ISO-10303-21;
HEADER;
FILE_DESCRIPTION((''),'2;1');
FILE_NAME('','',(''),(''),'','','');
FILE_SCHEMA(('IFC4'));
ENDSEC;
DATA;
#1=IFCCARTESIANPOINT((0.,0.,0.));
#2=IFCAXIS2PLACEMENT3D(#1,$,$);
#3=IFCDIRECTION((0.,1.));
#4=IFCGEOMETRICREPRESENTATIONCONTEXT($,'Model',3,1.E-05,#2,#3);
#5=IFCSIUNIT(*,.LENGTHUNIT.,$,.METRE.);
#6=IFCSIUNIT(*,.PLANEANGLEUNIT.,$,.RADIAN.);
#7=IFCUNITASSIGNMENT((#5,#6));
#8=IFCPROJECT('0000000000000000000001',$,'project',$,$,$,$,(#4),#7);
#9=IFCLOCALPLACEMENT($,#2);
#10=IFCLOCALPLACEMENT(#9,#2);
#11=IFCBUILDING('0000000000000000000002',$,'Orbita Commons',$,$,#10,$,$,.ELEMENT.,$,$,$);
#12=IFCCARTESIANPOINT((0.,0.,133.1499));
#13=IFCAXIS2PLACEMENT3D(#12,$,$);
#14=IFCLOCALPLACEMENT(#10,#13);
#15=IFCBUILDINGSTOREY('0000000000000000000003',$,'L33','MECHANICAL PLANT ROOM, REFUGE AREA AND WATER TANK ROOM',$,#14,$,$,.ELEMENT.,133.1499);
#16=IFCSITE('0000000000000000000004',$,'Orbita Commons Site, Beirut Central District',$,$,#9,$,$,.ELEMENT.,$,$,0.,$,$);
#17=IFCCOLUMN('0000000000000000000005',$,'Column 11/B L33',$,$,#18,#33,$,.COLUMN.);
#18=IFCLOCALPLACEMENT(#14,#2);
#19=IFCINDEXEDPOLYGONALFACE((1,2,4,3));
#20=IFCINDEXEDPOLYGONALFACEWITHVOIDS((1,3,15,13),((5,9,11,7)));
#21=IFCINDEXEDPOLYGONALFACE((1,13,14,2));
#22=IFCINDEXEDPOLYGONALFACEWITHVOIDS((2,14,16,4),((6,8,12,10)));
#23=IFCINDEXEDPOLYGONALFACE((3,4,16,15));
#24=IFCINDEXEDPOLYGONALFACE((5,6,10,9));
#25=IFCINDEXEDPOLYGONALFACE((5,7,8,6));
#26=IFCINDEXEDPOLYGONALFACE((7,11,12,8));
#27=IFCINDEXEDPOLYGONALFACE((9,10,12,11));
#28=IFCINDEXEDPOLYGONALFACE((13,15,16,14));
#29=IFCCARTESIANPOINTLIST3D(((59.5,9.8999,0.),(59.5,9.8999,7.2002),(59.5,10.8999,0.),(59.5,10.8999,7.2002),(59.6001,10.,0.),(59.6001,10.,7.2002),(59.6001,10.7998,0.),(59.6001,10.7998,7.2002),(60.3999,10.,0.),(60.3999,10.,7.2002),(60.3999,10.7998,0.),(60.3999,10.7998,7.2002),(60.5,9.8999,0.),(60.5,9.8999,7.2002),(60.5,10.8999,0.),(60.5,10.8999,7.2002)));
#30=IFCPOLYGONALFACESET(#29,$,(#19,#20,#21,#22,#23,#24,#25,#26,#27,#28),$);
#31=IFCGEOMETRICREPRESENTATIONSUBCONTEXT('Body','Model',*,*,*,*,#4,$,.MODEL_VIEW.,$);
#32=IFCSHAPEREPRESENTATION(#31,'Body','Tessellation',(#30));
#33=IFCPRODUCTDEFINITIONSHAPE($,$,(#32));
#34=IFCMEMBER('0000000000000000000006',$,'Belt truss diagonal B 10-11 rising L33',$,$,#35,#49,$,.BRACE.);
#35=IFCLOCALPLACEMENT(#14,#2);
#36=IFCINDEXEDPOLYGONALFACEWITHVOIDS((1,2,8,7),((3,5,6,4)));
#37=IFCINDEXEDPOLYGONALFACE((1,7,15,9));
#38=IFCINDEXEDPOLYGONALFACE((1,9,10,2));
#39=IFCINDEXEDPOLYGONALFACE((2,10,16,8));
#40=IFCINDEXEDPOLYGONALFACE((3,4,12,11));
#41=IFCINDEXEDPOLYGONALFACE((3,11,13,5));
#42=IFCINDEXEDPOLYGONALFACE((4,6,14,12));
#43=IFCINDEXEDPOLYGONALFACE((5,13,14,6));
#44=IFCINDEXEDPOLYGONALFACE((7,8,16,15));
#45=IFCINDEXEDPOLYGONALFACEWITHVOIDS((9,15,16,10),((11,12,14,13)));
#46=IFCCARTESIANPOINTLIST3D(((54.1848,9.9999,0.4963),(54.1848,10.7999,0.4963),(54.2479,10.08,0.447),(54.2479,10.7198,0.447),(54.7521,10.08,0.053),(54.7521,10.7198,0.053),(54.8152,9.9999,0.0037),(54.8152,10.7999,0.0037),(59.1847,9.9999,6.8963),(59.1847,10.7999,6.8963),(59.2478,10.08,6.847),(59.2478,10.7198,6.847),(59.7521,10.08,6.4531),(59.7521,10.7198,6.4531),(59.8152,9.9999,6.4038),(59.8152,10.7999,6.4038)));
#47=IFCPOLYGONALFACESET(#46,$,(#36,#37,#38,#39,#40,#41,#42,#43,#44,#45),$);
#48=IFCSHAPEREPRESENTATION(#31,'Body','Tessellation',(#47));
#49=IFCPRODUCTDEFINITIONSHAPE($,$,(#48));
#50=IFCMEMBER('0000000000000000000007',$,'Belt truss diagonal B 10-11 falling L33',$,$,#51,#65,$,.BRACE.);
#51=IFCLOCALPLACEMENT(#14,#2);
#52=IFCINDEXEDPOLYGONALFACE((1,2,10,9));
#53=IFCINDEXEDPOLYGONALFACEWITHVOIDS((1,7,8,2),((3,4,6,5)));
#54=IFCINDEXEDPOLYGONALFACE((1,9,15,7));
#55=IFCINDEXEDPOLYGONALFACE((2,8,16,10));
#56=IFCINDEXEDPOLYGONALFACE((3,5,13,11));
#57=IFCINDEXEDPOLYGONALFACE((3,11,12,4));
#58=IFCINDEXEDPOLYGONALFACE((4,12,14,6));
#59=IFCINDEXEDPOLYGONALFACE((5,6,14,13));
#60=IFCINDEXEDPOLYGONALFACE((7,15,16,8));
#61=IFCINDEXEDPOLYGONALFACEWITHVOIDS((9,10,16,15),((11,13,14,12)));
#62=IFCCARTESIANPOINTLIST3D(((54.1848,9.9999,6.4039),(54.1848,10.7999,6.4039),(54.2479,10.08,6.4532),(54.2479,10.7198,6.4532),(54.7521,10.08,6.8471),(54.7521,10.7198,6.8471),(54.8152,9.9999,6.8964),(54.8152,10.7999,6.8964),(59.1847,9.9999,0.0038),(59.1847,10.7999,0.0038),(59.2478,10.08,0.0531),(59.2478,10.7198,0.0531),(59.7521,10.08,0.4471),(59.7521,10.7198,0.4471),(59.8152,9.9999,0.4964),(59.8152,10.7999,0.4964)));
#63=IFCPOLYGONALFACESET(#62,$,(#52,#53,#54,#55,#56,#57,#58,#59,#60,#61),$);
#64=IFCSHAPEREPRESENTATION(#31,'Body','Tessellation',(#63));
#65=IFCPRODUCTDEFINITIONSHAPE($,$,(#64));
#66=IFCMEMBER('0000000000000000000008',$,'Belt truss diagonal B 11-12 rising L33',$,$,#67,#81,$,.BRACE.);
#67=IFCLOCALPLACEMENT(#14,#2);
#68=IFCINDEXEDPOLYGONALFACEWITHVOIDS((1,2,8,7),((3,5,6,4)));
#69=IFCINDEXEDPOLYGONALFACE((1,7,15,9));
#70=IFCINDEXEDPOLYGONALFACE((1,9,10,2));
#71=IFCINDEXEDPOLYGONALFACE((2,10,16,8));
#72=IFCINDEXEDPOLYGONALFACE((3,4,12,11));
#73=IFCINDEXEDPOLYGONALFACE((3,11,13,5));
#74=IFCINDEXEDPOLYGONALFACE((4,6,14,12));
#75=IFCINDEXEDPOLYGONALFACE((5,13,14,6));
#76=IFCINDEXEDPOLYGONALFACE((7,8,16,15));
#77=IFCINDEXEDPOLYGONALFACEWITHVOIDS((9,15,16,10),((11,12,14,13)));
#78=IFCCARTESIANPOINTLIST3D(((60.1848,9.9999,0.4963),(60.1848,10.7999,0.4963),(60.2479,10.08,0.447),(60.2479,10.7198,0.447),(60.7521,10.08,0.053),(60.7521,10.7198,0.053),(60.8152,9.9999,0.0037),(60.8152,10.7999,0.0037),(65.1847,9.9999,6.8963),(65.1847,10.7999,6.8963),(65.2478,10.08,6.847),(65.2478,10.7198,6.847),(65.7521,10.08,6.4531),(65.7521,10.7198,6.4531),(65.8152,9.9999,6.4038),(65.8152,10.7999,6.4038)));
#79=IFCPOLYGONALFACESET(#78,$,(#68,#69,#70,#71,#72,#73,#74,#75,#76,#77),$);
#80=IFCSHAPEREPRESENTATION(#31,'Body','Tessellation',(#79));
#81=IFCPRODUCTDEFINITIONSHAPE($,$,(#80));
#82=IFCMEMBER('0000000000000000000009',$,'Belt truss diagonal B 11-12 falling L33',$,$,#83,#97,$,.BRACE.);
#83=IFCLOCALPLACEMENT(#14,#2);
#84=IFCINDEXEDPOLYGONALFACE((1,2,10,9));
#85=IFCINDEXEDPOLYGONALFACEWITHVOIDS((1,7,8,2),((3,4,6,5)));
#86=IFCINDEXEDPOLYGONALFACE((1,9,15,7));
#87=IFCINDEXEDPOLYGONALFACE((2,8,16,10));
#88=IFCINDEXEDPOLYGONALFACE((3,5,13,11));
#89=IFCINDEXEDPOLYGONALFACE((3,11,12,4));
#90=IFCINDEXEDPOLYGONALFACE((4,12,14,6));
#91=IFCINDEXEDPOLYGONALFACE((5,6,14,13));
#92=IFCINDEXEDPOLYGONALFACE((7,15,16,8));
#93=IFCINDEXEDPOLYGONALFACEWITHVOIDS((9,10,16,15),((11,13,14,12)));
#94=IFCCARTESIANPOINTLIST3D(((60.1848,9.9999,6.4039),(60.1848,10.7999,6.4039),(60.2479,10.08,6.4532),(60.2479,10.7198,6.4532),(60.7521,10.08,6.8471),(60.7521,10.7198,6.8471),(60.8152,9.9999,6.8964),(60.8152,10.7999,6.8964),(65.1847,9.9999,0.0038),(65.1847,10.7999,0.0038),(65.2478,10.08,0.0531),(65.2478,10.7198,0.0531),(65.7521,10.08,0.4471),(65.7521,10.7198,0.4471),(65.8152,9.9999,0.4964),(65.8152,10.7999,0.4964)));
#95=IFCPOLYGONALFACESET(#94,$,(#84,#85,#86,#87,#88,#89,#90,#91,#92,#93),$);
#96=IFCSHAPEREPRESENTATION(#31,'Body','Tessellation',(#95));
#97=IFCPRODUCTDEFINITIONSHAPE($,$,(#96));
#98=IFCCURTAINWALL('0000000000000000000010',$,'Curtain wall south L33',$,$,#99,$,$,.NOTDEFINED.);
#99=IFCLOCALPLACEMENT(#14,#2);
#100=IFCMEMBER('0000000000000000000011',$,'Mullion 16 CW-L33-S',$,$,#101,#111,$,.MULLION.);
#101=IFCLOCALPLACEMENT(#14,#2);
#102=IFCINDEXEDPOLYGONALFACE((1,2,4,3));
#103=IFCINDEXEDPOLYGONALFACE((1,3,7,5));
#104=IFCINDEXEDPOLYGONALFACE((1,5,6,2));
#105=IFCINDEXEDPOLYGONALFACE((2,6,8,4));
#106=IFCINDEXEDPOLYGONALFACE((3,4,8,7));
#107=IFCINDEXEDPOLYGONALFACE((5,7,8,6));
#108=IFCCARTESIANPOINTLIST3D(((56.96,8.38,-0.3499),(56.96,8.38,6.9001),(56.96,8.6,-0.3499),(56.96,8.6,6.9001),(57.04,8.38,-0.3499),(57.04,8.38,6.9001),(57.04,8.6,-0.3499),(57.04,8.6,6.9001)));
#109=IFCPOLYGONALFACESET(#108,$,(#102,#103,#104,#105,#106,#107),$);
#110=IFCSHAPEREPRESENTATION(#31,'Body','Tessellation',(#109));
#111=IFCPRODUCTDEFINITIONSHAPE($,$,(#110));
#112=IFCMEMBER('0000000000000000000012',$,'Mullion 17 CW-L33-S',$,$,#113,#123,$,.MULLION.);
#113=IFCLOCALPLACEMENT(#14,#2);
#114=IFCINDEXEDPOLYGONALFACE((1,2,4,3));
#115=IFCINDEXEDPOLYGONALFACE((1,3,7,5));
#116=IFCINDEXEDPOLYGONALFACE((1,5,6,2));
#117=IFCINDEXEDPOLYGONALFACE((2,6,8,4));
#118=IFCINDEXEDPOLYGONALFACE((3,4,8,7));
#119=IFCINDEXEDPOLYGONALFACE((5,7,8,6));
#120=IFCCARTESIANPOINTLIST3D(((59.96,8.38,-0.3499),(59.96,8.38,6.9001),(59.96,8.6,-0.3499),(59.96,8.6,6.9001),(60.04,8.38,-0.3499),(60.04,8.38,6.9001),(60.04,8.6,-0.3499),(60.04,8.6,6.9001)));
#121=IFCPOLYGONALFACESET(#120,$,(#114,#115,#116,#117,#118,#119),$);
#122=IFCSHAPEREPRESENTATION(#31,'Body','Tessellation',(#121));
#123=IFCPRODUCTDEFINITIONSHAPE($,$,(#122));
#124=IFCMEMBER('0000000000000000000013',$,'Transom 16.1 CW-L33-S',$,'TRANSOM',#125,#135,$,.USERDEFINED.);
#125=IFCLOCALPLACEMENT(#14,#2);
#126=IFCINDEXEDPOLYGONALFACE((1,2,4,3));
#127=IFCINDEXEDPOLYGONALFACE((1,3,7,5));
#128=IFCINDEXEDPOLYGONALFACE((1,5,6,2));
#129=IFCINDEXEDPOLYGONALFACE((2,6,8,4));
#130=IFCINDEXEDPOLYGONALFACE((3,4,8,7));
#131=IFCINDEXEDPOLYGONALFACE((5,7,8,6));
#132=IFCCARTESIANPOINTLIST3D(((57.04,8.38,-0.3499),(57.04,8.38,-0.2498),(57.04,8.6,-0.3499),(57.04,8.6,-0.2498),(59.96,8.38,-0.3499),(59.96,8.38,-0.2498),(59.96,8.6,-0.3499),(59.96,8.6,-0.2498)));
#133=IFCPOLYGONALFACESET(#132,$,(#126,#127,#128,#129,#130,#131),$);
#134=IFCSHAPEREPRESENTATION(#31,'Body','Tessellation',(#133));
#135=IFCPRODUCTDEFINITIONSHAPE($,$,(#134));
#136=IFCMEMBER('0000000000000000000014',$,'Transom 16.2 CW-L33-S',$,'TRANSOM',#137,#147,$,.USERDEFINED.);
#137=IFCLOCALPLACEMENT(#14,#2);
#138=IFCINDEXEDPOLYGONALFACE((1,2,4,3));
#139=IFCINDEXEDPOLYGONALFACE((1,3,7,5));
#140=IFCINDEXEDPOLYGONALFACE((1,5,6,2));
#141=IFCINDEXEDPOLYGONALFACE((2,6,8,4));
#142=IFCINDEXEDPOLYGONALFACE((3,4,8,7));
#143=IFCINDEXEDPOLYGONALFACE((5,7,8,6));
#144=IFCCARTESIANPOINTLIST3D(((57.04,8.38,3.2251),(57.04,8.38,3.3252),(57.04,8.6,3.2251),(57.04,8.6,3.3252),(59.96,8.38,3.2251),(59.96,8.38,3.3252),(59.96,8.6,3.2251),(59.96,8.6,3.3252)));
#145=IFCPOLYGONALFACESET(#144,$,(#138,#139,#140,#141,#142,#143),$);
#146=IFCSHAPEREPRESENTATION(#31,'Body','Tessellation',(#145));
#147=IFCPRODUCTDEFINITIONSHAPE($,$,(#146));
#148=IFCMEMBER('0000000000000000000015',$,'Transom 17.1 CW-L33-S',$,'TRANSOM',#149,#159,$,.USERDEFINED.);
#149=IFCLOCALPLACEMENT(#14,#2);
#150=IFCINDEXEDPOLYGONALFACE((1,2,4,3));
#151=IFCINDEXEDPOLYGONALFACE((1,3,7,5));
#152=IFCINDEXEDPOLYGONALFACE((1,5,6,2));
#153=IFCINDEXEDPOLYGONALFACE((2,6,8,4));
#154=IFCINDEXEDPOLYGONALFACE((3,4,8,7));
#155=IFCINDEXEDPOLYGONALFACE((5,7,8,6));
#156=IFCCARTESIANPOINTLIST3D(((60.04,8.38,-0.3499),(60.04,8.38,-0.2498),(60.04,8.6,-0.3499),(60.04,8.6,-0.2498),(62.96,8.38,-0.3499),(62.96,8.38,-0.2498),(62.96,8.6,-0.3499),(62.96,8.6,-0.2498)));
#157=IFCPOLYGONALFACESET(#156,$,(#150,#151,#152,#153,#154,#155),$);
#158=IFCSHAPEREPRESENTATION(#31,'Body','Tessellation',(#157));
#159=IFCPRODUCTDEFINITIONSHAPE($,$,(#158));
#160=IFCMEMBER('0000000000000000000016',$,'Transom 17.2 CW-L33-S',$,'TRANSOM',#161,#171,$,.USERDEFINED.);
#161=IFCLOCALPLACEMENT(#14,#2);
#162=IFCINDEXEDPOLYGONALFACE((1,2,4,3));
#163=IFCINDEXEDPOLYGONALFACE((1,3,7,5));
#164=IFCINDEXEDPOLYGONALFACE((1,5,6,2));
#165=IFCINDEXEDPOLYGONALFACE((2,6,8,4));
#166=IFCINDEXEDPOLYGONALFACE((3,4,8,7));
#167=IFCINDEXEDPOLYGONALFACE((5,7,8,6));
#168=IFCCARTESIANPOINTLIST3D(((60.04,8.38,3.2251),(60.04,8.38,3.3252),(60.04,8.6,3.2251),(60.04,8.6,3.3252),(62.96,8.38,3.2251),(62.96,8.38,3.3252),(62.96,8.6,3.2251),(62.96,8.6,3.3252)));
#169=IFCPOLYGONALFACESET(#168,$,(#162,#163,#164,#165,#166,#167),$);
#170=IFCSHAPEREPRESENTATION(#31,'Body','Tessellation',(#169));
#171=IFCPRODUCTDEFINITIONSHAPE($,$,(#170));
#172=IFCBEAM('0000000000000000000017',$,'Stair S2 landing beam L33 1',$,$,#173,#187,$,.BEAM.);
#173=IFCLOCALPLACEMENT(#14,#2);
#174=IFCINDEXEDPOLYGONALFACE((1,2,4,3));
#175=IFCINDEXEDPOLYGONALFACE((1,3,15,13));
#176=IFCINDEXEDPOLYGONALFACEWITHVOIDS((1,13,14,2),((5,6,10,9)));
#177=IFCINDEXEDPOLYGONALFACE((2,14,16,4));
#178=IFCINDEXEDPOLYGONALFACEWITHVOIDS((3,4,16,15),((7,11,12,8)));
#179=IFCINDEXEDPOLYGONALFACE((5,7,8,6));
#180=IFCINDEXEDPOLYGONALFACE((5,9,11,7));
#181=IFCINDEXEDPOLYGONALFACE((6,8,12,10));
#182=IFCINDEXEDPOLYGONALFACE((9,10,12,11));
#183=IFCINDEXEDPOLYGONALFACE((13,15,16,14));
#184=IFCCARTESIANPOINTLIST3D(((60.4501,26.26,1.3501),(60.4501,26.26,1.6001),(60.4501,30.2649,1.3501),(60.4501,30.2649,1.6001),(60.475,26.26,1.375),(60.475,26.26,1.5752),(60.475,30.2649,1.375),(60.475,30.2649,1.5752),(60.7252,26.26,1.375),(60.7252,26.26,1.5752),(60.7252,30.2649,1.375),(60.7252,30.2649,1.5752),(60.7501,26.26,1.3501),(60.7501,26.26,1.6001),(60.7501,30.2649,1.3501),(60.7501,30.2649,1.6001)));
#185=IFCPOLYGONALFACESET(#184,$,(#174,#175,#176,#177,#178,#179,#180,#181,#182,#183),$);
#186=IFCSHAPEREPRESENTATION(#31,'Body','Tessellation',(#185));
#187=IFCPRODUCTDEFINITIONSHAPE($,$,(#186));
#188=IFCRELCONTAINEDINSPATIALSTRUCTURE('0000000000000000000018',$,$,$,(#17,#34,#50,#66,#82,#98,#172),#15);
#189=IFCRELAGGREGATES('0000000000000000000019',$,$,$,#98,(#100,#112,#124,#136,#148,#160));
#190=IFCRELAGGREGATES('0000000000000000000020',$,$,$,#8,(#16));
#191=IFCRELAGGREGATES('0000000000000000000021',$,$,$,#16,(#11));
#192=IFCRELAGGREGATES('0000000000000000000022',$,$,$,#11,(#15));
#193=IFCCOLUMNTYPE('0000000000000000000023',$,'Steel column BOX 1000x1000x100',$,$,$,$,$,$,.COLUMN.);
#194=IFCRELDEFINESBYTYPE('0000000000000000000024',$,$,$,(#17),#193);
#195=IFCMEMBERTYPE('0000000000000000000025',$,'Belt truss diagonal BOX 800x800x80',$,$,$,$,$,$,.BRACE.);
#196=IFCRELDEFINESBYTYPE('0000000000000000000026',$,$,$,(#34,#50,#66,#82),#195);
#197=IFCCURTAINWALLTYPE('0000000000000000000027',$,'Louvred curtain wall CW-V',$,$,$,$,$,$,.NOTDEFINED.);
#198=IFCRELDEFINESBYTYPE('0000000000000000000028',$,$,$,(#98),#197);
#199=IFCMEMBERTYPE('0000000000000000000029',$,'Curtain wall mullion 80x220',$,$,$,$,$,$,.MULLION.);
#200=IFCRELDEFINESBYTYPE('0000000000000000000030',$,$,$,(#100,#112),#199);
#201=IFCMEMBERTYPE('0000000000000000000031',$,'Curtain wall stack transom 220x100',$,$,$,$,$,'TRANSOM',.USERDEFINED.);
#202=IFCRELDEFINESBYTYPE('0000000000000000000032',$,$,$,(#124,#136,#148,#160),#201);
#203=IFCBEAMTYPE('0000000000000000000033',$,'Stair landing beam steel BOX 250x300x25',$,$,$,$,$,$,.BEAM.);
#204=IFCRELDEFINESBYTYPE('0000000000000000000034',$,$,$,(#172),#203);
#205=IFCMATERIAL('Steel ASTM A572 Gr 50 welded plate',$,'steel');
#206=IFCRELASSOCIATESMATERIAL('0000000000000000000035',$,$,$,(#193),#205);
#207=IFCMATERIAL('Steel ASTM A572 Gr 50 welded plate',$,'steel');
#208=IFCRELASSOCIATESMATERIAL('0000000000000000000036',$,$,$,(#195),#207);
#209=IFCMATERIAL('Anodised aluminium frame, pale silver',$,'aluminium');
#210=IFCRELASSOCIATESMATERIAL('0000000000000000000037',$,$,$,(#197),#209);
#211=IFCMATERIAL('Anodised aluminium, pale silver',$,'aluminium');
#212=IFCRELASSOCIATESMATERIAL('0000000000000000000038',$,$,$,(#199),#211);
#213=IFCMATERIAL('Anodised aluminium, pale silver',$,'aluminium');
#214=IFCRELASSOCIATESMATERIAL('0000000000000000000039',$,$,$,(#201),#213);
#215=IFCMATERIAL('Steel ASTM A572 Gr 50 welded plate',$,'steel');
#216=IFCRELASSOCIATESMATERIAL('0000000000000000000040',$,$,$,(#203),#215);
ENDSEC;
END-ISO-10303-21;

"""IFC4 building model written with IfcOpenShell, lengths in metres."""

from ifc_helpers import new_model, si_unit, direction, frame, origin, origin_2d, place, context, subcontext, project, spatial, rectangle, hollow_rectangle, extrude, material, material_profile, profile_set, type_object, element, aggregate, save


model = new_model("IFC4")

# Units and contexts
model_context = context("Model", 3, precision=1e-05, world=origin(), true_north=direction((0.0, 1.0)))
body_context = subcontext(model_context, "Body", "Model", "MODEL_VIEW")
ifc_project = project(units=[si_unit("LENGTHUNIT", "METRE"), si_unit("PLANEANGLEUNIT", "RADIAN")], contexts=[model_context])

# Site, building, storey
site_placement = place(None, origin())
site = spatial("IfcSite", under=ifc_project, at=site_placement, Name="Orbita Commons Site, Beirut Central District", CompositionType="ELEMENT", RefElevation=0.0)
building_placement = place(site_placement, origin())
building = spatial("IfcBuilding", under=site, at=building_placement, Name="Orbita Commons", CompositionType="ELEMENT")
storey_placement = place(building_placement, frame((0.0, 0.0, 133.1499)))
storey = spatial("IfcBuildingStorey", under=building, at=storey_placement, Name="L33", Description="MECHANICAL PLANT ROOM, REFUGE AREA AND WATER TANK ROOM", CompositionType="ELEMENT", Elevation=133.1499)

# Column
ifc_material_1 = material(Name="Steel ASTM A572 Gr 50 welded plate", Category="steel")
ifc_material_profile_1 = material_profile(ifc_material_1, hollow_rectangle(XDim=1.0, YDim=1.0, WallThickness=0.1001, at=origin_2d()), Name="BOX 1000x1000x100")
ifc_profile_set_1 = profile_set([ifc_material_profile_1], Name="Steel ASTM A572 Gr 50 welded plate")
column_type = type_object("IfcColumnType", Name="Steel column BOX 1000x1000x100", PredefinedType="COLUMN", material=ifc_profile_set_1)
column_placement = place(storey_placement, frame((60.0, 10.3999, 0.0), z_axis=(0.0, 0.0, 1.0), x_axis=(1.0, 0.0, 0.0)))
element("IfcColumn", 1, at=column_placement, inside=storey, type_object=column_type, Name="Column 11/B L33", PredefinedType="COLUMN", context=body_context, shape_type="SweptSolid", body=[
    extrude(hollow_rectangle(XDim=1.0, YDim=1.0, WallThickness=0.1001, at=origin_2d()), origin(), (0.0, 0.0, 1.0), 7.2002),
])

# Members
ifc_material_2 = material(Name="Steel ASTM A572 Gr 50 welded plate", Category="steel")
ifc_material_profile_2 = material_profile(ifc_material_2, hollow_rectangle(XDim=0.8, YDim=0.8, WallThickness=0.0801, at=origin_2d()), Name="BOX 800x800x80")
ifc_profile_set_2 = profile_set([ifc_material_profile_2], Name="Steel ASTM A572 Gr 50 welded plate")
member_type_1 = type_object("IfcMemberType", Name="Belt truss diagonal BOX 800x800x80", PredefinedType="BRACE", material=ifc_profile_set_2)
for number, where, z_axis, x_axis, name in (
    (2, (54.5, 10.3999, 0.25), (0.615635, 0.0, 0.788031), (0.0, 1.0, 0.0), "Belt truss diagonal B 10-11 rising L33"),
    (3, (54.5, 10.3999, 6.6501), (0.615635, 0.0, -0.788031), (0.0, 1.0, 0.0), "Belt truss diagonal B 10-11 falling L33"),
    (4, (60.5, 10.3999, 0.25), (0.615635, 0.0, 0.788031), (0.0, 1.0, 0.0), "Belt truss diagonal B 11-12 rising L33"),
    (5, (60.5, 10.3999, 6.6501), (0.615635, 0.0, -0.788031), (0.0, 1.0, 0.0), "Belt truss diagonal B 11-12 falling L33"),
):
    element("IfcMember", number, at=place(storey_placement, frame(where, z_axis=z_axis, x_axis=x_axis)), inside=storey, type_object=member_type_1, Name=name, PredefinedType="BRACE", context=body_context, shape_type="SweptSolid", body=[
        extrude(hollow_rectangle(XDim=0.8, YDim=0.8, WallThickness=0.0801, at=origin_2d()), origin(), (0.0, 0.0, 1.0), 8.1216),
    ])

# Curtain wall, members
ifc_material_3 = material(Name="Anodised aluminium frame, pale silver", Category="aluminium")
curtain_wall_type = type_object("IfcCurtainWallType", Name="Louvred curtain wall CW-V", PredefinedType="NOTDEFINED", material=ifc_material_3)
curtain_wall_placement = place(storey_placement, origin())
curtain_wall = element("IfcCurtainWall", 6, at=curtain_wall_placement, inside=storey, type_object=curtain_wall_type, Name="Curtain wall south L33", PredefinedType="NOTDEFINED")
ifc_material_4 = material(Name="Anodised aluminium, pale silver", Category="aluminium")
ifc_material_profile_3 = material_profile(ifc_material_4, rectangle(XDim=0.0801, YDim=0.22, at=origin_2d()), Name="AL 80x220")
ifc_profile_set_3 = profile_set([ifc_material_profile_3], Name="Anodised aluminium, pale silver")
member_type_2 = type_object("IfcMemberType", Name="Curtain wall mullion 80x220", PredefinedType="MULLION", material=ifc_profile_set_3)
member_1_placement = place(storey_placement, frame((57.0, 8.49, -0.3499), z_axis=(0.0, 0.0, 1.0), x_axis=(1.0, 0.0, 0.0)))
member_1 = element("IfcMember", 7, at=member_1_placement, type_object=member_type_2, Name="Mullion 16 CW-L33-S", PredefinedType="MULLION", context=body_context, shape_type="SweptSolid", body=[
    extrude(rectangle(XDim=0.0801, YDim=0.22, at=origin_2d()), origin(), (0.0, 0.0, 1.0), 7.25),
])
member_2_placement = place(storey_placement, frame((60.0, 8.49, -0.3499), z_axis=(0.0, 0.0, 1.0), x_axis=(1.0, 0.0, 0.0)))
member_2 = element("IfcMember", 8, at=member_2_placement, type_object=member_type_2, Name="Mullion 17 CW-L33-S", PredefinedType="MULLION", context=body_context, shape_type="SweptSolid", body=[
    extrude(rectangle(XDim=0.0801, YDim=0.22, at=origin_2d()), origin(), (0.0, 0.0, 1.0), 7.25),
])
ifc_material_5 = material(Name="Anodised aluminium, pale silver", Category="aluminium")
ifc_material_profile_4 = material_profile(ifc_material_5, rectangle(XDim=0.22, YDim=0.1001, at=origin_2d()), Name="AL 220x100")
ifc_profile_set_4 = profile_set([ifc_material_profile_4], Name="Anodised aluminium, pale silver")
member_type_3 = type_object("IfcMemberType", Name="Curtain wall stack transom 220x100", ElementType="TRANSOM", PredefinedType="USERDEFINED", material=ifc_profile_set_4)
member_3_placement = place(storey_placement, frame((57.04, 8.49, -0.2998), z_axis=(1.0, 0.0, 0.0), x_axis=(0.0, 1.0, 0.0)))
member_3 = element("IfcMember", 9, at=member_3_placement, type_object=member_type_3, Name="Transom 16.1 CW-L33-S", ObjectType="TRANSOM", PredefinedType="USERDEFINED", context=body_context, shape_type="SweptSolid", body=[
    extrude(rectangle(XDim=0.22, YDim=0.1001, at=origin_2d()), origin(), (0.0, 0.0, 1.0), 2.9199),
])
member_4_placement = place(storey_placement, frame((57.04, 8.49, 3.2751), z_axis=(1.0, 0.0, 0.0), x_axis=(0.0, 1.0, 0.0)))
member_4 = element("IfcMember", 10, at=member_4_placement, type_object=member_type_3, Name="Transom 16.2 CW-L33-S", ObjectType="TRANSOM", PredefinedType="USERDEFINED", context=body_context, shape_type="SweptSolid", body=[
    extrude(rectangle(XDim=0.22, YDim=0.1001, at=origin_2d()), origin(), (0.0, 0.0, 1.0), 2.9199),
])
member_5_placement = place(storey_placement, frame((60.04, 8.49, -0.2998), z_axis=(1.0, 0.0, 0.0), x_axis=(0.0, 1.0, 0.0)))
member_5 = element("IfcMember", 11, at=member_5_placement, type_object=member_type_3, Name="Transom 17.1 CW-L33-S", ObjectType="TRANSOM", PredefinedType="USERDEFINED", context=body_context, shape_type="SweptSolid", body=[
    extrude(rectangle(XDim=0.22, YDim=0.1001, at=origin_2d()), origin(), (0.0, 0.0, 1.0), 2.9199),
])
member_6_placement = place(storey_placement, frame((60.04, 8.49, 3.2751), z_axis=(1.0, 0.0, 0.0), x_axis=(0.0, 1.0, 0.0)))
member_6 = element("IfcMember", 12, at=member_6_placement, type_object=member_type_3, Name="Transom 17.2 CW-L33-S", ObjectType="TRANSOM", PredefinedType="USERDEFINED", context=body_context, shape_type="SweptSolid", body=[
    extrude(rectangle(XDim=0.22, YDim=0.1001, at=origin_2d()), origin(), (0.0, 0.0, 1.0), 2.9199),
])

# Beam
ifc_material_6 = material(Name="Steel ASTM A572 Gr 50 welded plate", Category="steel")
ifc_material_profile_5 = material_profile(ifc_material_6, hollow_rectangle(XDim=0.3, YDim=0.25, WallThickness=0.0249, at=origin_2d()), Name="BOX 250x300x25")
ifc_profile_set_5 = profile_set([ifc_material_profile_5], Name="Steel ASTM A572 Gr 50 welded plate")
beam_type_1 = type_object("IfcBeamType", Name="Stair landing beam steel BOX 250x300x25", PredefinedType="BEAM", material=ifc_profile_set_5)
for number, where, z_axis, x_axis, name in (
    (13, (60.6001, 26.26, 1.4751), (0.0, 1.0, 0.0), (-1.0, 0.0, 0.0), "Stair S2 landing beam L33 1"),
):
    element("IfcBeam", number, at=place(storey_placement, frame(where, z_axis=z_axis, x_axis=x_axis)), inside=storey, type_object=beam_type_1, Name=name, PredefinedType="BEAM", context=body_context, shape_type="SweptSolid", body=[
        extrude(hollow_rectangle(XDim=0.3, YDim=0.25, WallThickness=0.0249, at=origin_2d()), origin(), (0.0, 0.0, 1.0), 4.0049),
    ])

aggregate(curtain_wall, [member_1, member_2, member_3, member_4, member_5, member_6])

save(model, "model.ifc")
